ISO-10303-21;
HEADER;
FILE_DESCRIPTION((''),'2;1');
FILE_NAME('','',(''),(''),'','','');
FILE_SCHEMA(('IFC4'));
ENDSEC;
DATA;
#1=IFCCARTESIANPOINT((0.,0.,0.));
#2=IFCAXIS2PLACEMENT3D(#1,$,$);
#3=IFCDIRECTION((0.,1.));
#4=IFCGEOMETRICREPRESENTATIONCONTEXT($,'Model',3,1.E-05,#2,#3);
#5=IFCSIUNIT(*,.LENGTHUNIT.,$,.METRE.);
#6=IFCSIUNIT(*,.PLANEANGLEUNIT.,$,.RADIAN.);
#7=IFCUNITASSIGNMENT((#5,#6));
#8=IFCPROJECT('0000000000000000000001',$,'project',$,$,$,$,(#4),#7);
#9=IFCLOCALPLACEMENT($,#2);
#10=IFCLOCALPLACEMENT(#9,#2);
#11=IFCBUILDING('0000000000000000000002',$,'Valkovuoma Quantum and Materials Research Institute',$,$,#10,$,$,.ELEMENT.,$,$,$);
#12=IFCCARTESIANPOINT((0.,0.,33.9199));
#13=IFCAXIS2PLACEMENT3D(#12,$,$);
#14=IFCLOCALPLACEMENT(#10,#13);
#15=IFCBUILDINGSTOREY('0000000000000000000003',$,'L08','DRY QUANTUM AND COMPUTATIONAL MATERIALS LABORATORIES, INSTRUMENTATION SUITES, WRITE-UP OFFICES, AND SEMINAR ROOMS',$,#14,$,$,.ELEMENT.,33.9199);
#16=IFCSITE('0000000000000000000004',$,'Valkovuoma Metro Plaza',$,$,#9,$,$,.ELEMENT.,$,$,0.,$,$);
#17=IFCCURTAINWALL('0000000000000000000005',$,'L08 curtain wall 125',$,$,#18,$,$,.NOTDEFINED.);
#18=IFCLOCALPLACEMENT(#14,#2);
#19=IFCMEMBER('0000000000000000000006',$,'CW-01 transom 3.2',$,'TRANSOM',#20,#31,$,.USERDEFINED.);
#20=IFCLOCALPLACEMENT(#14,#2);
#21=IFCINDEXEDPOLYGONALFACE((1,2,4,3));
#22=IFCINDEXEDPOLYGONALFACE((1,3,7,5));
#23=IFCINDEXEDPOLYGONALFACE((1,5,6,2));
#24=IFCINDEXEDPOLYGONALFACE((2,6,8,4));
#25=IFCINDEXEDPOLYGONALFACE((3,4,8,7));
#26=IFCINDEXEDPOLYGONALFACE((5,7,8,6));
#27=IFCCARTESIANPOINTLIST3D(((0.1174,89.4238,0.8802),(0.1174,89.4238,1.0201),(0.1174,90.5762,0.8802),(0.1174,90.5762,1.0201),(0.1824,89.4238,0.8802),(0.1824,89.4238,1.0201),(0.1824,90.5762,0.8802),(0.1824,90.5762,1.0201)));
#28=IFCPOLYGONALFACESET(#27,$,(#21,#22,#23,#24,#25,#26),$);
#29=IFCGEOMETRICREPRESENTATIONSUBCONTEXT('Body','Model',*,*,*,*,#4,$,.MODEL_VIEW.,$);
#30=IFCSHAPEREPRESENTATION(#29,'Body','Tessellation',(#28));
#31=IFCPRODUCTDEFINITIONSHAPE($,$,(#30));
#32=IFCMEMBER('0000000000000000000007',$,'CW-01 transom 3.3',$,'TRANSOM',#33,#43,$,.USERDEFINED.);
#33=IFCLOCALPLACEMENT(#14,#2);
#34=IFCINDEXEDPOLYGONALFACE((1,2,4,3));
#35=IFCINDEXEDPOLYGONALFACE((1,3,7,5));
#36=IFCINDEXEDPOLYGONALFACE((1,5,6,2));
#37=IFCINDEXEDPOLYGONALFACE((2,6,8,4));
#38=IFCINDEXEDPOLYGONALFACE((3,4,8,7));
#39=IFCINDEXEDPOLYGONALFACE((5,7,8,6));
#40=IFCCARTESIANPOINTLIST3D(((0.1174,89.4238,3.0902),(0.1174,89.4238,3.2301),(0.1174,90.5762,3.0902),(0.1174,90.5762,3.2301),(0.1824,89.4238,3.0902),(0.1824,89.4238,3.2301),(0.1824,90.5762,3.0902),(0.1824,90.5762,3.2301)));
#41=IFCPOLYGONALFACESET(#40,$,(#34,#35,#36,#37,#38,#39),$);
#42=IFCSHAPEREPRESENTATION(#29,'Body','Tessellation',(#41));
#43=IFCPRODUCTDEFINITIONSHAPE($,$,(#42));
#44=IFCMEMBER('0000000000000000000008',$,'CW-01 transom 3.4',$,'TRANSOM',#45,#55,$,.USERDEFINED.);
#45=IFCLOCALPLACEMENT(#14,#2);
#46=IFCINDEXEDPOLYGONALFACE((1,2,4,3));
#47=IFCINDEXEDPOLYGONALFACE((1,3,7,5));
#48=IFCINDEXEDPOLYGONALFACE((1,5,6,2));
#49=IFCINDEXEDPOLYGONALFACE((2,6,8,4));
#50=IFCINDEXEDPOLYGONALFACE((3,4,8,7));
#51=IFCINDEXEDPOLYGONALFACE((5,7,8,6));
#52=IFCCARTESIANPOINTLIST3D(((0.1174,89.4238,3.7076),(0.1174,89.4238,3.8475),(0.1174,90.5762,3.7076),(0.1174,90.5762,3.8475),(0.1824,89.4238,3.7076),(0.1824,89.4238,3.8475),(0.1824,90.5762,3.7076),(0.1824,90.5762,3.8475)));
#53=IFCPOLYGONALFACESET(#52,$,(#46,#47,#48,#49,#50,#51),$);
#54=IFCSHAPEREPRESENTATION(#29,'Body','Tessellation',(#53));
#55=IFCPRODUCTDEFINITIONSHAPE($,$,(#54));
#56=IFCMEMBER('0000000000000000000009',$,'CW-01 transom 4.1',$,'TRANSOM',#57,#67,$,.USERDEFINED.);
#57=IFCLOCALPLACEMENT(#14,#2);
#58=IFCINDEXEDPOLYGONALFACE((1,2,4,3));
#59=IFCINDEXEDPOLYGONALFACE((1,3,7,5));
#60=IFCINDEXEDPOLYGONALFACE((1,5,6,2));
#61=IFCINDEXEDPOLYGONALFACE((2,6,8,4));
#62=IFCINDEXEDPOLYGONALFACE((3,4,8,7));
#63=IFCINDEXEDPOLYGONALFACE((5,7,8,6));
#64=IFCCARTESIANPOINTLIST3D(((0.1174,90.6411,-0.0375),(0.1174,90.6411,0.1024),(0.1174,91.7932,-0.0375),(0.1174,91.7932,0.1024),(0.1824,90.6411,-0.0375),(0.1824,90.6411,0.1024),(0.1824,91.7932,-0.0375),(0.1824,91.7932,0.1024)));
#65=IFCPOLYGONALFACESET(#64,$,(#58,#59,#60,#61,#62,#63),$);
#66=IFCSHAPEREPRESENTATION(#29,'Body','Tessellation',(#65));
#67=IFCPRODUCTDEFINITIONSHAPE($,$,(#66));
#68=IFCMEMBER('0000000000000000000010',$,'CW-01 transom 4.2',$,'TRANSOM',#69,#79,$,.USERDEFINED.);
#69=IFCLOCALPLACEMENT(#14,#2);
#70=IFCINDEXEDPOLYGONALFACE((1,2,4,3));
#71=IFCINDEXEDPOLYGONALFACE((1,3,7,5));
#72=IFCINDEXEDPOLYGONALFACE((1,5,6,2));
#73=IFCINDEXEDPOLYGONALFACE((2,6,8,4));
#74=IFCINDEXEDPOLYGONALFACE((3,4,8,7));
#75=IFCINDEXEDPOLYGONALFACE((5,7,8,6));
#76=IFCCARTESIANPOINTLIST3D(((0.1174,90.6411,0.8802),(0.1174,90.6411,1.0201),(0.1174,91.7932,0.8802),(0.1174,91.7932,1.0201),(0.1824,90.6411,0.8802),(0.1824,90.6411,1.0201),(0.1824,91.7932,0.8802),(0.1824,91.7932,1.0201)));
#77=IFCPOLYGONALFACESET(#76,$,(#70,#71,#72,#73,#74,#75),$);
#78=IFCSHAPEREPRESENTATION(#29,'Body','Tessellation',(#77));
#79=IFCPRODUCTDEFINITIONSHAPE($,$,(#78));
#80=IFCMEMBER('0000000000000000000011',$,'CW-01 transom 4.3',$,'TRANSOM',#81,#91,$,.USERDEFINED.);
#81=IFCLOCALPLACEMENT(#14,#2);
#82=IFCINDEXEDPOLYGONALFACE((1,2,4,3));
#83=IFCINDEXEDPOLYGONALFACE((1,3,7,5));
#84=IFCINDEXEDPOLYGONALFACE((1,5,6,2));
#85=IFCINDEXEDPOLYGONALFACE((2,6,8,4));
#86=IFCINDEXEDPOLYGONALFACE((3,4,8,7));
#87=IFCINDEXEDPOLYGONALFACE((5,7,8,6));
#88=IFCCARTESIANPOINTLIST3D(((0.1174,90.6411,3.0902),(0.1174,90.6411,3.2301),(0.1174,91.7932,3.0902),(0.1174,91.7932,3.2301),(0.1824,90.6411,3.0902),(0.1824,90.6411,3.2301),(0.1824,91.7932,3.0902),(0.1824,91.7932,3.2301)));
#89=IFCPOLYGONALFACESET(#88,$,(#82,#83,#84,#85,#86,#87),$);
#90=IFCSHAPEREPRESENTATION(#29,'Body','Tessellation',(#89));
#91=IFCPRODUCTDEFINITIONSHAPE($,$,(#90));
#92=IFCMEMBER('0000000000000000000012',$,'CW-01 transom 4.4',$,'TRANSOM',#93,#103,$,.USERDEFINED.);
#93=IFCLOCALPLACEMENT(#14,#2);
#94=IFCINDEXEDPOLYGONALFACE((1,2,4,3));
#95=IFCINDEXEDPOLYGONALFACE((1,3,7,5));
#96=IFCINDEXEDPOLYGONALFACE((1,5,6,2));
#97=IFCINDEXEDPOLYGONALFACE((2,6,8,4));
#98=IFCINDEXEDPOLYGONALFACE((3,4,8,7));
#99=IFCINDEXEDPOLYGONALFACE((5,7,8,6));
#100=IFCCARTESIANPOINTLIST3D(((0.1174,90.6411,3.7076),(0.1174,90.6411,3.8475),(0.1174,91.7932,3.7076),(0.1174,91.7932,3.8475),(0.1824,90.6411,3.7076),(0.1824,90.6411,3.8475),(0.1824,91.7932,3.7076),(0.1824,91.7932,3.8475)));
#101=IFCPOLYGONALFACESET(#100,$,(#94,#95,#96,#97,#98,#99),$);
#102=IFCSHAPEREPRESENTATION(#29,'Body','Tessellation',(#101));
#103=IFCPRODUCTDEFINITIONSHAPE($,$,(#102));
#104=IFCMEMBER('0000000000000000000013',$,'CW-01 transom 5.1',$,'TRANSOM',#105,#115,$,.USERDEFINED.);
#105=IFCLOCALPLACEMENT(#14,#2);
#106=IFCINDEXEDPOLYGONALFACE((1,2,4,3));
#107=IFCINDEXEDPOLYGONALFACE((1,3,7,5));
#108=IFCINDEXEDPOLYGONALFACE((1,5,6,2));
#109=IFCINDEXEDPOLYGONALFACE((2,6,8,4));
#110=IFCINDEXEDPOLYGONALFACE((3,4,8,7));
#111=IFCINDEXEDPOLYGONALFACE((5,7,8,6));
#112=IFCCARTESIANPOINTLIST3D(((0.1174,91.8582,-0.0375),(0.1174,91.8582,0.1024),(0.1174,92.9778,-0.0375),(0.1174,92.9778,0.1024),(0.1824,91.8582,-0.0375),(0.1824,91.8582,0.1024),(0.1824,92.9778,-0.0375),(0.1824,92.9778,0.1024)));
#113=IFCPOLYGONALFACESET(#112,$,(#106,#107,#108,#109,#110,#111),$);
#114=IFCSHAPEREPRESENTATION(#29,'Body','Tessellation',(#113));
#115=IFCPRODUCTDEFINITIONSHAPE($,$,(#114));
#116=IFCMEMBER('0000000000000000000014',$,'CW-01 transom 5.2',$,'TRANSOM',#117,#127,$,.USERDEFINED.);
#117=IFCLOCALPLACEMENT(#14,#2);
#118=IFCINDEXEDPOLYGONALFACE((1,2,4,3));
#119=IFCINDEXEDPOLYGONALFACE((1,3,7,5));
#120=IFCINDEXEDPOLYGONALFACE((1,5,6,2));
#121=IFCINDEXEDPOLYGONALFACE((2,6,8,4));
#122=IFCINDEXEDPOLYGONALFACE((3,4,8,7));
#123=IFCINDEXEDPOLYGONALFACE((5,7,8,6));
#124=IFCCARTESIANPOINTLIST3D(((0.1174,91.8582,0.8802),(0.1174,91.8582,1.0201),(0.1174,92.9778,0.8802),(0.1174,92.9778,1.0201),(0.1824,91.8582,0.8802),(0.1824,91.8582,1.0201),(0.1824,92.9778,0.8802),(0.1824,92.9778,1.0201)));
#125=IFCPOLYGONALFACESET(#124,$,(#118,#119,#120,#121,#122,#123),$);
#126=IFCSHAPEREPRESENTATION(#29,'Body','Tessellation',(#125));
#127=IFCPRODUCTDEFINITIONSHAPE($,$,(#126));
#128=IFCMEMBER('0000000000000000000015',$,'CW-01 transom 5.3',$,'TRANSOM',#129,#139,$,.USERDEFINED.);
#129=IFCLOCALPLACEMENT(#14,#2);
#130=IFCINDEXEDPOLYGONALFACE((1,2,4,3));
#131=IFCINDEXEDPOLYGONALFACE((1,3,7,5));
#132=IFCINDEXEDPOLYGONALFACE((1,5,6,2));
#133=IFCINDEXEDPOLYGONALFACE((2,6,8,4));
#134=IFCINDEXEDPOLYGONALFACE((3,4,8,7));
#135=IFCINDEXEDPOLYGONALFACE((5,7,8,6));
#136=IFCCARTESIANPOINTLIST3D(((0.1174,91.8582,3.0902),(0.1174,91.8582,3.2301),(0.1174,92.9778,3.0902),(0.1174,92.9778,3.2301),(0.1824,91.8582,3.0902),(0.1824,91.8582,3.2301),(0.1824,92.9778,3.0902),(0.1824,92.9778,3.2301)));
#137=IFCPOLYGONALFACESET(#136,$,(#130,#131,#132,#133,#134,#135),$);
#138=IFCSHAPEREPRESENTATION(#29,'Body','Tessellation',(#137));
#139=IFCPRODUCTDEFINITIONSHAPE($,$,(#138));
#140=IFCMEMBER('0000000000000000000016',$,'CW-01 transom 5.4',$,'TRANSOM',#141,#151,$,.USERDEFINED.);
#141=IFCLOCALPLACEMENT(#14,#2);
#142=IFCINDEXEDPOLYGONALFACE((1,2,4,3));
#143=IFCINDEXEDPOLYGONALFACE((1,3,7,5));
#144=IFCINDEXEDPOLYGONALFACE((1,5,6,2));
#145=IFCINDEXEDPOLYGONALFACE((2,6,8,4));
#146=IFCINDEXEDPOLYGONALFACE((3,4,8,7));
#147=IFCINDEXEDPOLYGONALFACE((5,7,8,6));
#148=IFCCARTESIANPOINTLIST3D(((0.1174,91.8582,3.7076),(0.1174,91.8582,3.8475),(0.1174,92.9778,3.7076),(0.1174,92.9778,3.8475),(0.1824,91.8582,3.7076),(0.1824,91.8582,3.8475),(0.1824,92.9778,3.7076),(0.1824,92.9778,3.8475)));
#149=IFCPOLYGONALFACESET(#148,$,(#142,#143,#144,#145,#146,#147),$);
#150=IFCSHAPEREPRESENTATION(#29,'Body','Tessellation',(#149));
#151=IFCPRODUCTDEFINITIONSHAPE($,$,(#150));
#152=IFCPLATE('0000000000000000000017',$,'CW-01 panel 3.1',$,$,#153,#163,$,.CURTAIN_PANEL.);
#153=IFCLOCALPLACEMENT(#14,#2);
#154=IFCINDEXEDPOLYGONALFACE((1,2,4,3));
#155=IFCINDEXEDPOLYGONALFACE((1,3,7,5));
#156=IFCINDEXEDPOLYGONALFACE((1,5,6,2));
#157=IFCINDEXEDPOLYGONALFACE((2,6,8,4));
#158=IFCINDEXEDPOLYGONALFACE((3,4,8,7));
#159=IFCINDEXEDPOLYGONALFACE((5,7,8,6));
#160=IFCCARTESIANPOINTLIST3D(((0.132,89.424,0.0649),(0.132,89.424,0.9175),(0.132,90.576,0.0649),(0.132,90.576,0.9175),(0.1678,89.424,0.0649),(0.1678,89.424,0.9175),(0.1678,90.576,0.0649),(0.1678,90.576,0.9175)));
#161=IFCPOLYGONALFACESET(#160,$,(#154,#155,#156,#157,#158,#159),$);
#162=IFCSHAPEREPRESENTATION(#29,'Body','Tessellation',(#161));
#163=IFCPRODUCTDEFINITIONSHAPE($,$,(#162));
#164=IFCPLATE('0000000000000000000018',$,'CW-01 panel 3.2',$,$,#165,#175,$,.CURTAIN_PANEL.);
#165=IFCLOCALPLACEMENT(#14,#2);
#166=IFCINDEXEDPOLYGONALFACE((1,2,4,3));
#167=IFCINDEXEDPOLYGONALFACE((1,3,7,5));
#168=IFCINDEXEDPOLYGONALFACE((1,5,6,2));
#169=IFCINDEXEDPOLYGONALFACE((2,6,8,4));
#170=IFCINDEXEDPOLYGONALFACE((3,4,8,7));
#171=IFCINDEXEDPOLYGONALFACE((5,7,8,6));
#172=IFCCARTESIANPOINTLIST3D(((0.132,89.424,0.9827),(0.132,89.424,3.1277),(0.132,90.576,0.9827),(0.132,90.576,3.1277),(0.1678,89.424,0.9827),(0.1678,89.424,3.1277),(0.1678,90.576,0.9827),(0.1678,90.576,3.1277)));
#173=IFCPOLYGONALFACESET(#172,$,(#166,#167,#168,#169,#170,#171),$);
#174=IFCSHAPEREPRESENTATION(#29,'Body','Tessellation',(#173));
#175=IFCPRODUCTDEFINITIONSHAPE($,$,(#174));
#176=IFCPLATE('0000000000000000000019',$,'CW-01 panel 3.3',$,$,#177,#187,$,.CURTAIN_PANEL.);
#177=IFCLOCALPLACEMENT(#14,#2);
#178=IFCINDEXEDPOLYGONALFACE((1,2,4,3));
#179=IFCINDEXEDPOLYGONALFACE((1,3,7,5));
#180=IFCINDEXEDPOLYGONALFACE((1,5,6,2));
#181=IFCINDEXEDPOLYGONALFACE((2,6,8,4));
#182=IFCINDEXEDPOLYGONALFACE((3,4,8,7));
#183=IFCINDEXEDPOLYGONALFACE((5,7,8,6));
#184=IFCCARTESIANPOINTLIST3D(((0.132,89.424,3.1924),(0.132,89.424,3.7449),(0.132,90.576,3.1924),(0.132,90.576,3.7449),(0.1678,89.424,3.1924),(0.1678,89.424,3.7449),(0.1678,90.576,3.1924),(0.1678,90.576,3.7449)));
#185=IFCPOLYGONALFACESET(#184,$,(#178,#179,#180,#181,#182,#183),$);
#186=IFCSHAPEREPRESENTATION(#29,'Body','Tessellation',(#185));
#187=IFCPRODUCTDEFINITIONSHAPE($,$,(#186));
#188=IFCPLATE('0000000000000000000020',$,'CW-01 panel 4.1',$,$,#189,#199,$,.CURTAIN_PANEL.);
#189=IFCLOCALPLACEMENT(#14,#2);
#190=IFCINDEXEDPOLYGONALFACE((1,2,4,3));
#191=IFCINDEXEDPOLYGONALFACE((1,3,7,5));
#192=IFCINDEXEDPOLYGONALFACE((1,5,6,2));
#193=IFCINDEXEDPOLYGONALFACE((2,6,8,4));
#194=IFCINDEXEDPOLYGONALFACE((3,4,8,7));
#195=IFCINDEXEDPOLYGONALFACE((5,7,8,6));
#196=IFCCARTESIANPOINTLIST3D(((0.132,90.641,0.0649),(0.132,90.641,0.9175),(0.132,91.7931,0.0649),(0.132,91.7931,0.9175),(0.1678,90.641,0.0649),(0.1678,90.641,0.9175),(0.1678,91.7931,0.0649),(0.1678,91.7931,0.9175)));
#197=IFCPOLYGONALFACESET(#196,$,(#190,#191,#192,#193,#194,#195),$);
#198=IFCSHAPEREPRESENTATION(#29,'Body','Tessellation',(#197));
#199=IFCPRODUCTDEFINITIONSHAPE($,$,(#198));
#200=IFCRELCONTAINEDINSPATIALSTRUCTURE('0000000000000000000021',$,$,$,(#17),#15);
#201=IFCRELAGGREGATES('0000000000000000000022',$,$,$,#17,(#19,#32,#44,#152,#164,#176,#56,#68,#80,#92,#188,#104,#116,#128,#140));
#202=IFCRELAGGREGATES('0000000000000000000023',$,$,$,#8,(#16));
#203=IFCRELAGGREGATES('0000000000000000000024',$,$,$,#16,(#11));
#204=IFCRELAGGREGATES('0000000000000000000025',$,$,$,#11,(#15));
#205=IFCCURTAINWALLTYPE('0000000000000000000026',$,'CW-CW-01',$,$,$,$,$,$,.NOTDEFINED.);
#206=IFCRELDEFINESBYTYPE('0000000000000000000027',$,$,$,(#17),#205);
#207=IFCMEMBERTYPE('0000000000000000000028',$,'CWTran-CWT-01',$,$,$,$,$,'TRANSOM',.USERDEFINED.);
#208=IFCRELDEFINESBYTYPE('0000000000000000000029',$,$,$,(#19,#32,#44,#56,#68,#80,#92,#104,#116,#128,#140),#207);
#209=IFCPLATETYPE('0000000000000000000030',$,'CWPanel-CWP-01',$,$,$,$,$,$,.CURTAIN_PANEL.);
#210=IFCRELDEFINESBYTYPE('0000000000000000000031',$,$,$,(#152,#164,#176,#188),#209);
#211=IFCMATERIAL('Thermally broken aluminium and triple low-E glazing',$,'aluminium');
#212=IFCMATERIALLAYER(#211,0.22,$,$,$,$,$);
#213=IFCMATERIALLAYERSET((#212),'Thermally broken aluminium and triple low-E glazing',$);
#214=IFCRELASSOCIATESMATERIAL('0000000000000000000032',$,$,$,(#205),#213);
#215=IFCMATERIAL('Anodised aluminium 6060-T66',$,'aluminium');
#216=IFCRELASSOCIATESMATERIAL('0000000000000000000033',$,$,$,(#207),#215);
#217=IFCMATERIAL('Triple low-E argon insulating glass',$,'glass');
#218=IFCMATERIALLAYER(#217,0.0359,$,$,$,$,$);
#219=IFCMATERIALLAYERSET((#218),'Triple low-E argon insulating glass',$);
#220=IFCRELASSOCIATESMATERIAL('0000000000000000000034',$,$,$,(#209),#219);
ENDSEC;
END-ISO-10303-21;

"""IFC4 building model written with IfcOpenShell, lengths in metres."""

from ifc_helpers import new_model, si_unit, direction, frame, origin, origin_2d, place, context, subcontext, project, spatial, rectangle, extrude, material, layer, layer_set, material_profile, profile_set, type_object, element, aggregate, save


model = new_model("IFC4")

# Units and contexts
model_context = context("Model", 3, precision=1e-05, world=origin(), true_north=direction((0.0, 1.0)))
body_context = subcontext(model_context, "Body", "Model", "MODEL_VIEW")
ifc_project = project(units=[si_unit("LENGTHUNIT", "METRE"), si_unit("PLANEANGLEUNIT", "RADIAN")], contexts=[model_context])

# Site, building, storey
site_placement = place(None, origin())
site = spatial("IfcSite", under=ifc_project, at=site_placement, Name="Valkovuoma Metro Plaza", CompositionType="ELEMENT", RefElevation=0.0)
building_placement = place(site_placement, origin())
building = spatial("IfcBuilding", under=site, at=building_placement, Name="Valkovuoma Quantum and Materials Research Institute", CompositionType="ELEMENT")
storey_placement = place(building_placement, frame((0.0, 0.0, 33.9199)))
storey = spatial("IfcBuildingStorey", under=building, at=storey_placement, Name="L08", Description="DRY QUANTUM AND COMPUTATIONAL MATERIALS LABORATORIES, INSTRUMENTATION SUITES, WRITE-UP OFFICES, AND SEMINAR ROOMS", CompositionType="ELEMENT", Elevation=33.9199)

# Curtain wall, members, plates
ifc_material_1 = material(Name="Thermally broken aluminium and triple low-E glazing", Category="aluminium")
ifc_layer_1 = layer(ifc_material_1, 0.22)
ifc_layer_set_1 = layer_set([ifc_layer_1], Name="Thermally broken aluminium and triple low-E glazing")
curtain_wall_type = type_object("IfcCurtainWallType", Name="CW-CW-01", PredefinedType="NOTDEFINED", material=ifc_layer_set_1)
curtain_wall_placement = place(storey_placement, origin())
curtain_wall = element("IfcCurtainWall", 1, at=curtain_wall_placement, inside=storey, type_object=curtain_wall_type, Name="L08 curtain wall 125", PredefinedType="NOTDEFINED")
ifc_material_2 = material(Name="Anodised aluminium 6060-T66", Category="aluminium")
ifc_material_profile_1 = material_profile(ifc_material_2, rectangle(XDim=0.0649, YDim=0.1399, at=origin_2d()), Name="Anodised aluminium 6060-T66")
ifc_profile_set_1 = profile_set([ifc_material_profile_1], Name="Anodised aluminium 6060-T66")
member_type_1 = type_object("IfcMemberType", Name="CWTran-CWT-01", ElementType="TRANSOM", PredefinedType="USERDEFINED", material=ifc_profile_set_1)
member_1_placement = place(storey_placement, frame((0.1499, 89.4238, 0.9502), z_axis=(0.0, 1.0, 0.0), x_axis=(-1.0, 0.0, 0.0)))
member_1 = element("IfcMember", 2, at=member_1_placement, type_object=member_type_1, Name="CW-01 transom 3.2", ObjectType="TRANSOM", PredefinedType="USERDEFINED", context=body_context, shape_type="SweptSolid", body=[
    extrude(rectangle(XDim=0.0649, YDim=0.1399, at=origin_2d()), origin(), (0.0, 0.0, 1.0), 1.1523),
])
member_2_placement = place(storey_placement, frame((0.1499, 89.4238, 3.1602), z_axis=(0.0, 1.0, 0.0), x_axis=(-1.0, 0.0, 0.0)))
member_2 = element("IfcMember", 3, at=member_2_placement, type_object=member_type_1, Name="CW-01 transom 3.3", ObjectType="TRANSOM", PredefinedType="USERDEFINED", context=body_context, shape_type="SweptSolid", body=[
    extrude(rectangle(XDim=0.0649, YDim=0.1399, at=origin_2d()), origin(), (0.0, 0.0, 1.0), 1.1523),
])
member_3_placement = place(storey_placement, frame((0.1499, 89.4238, 3.7776), z_axis=(0.0, 1.0, 0.0), x_axis=(-1.0, 0.0, 0.0)))
member_3 = element("IfcMember", 4, at=member_3_placement, type_object=member_type_1, Name="CW-01 transom 3.4", ObjectType="TRANSOM", PredefinedType="USERDEFINED", context=body_context, shape_type="SweptSolid", body=[
    extrude(rectangle(XDim=0.0649, YDim=0.1399, at=origin_2d()), origin(), (0.0, 0.0, 1.0), 1.1523),
])
member_4_placement = place(storey_placement, frame((0.1499, 90.6411, 0.0325), z_axis=(0.0, 1.0, 0.0), x_axis=(-1.0, 0.0, 0.0)))
member_4 = element("IfcMember", 5, at=member_4_placement, type_object=member_type_1, Name="CW-01 transom 4.1", ObjectType="TRANSOM", PredefinedType="USERDEFINED", context=body_context, shape_type="SweptSolid", body=[
    extrude(rectangle(XDim=0.0649, YDim=0.1399, at=origin_2d()), origin(), (0.0, 0.0, 1.0), 1.1521),
])
member_5_placement = place(storey_placement, frame((0.1499, 90.6411, 0.9502), z_axis=(0.0, 1.0, 0.0), x_axis=(-1.0, 0.0, 0.0)))
member_5 = element("IfcMember", 6, at=member_5_placement, type_object=member_type_1, Name="CW-01 transom 4.2", ObjectType="TRANSOM", PredefinedType="USERDEFINED", context=body_context, shape_type="SweptSolid", body=[
    extrude(rectangle(XDim=0.0649, YDim=0.1399, at=origin_2d()), origin(), (0.0, 0.0, 1.0), 1.1521),
])
member_6_placement = place(storey_placement, frame((0.1499, 90.6411, 3.1602), z_axis=(0.0, 1.0, 0.0), x_axis=(-1.0, 0.0, 0.0)))
member_6 = element("IfcMember", 7, at=member_6_placement, type_object=member_type_1, Name="CW-01 transom 4.3", ObjectType="TRANSOM", PredefinedType="USERDEFINED", context=body_context, shape_type="SweptSolid", body=[
    extrude(rectangle(XDim=0.0649, YDim=0.1399, at=origin_2d()), origin(), (0.0, 0.0, 1.0), 1.1521),
])
member_7_placement = place(storey_placement, frame((0.1499, 90.6411, 3.7776), z_axis=(0.0, 1.0, 0.0), x_axis=(-1.0, 0.0, 0.0)))
member_7 = element("IfcMember", 8, at=member_7_placement, type_object=member_type_1, Name="CW-01 transom 4.4", ObjectType="TRANSOM", PredefinedType="USERDEFINED", context=body_context, shape_type="SweptSolid", body=[
    extrude(rectangle(XDim=0.0649, YDim=0.1399, at=origin_2d()), origin(), (0.0, 0.0, 1.0), 1.1521),
])
member_8_placement = place(storey_placement, frame((0.1499, 91.8582, 0.0325), z_axis=(0.0, 1.0, 0.0), x_axis=(-1.0, 0.0, 0.0)))
member_8 = element("IfcMember", 9, at=member_8_placement, type_object=member_type_1, Name="CW-01 transom 5.1", ObjectType="TRANSOM", PredefinedType="USERDEFINED", context=body_context, shape_type="SweptSolid", body=[
    extrude(rectangle(XDim=0.0649, YDim=0.1399, at=origin_2d()), origin(), (0.0, 0.0, 1.0), 1.1196),
])
member_9_placement = place(storey_placement, frame((0.1499, 91.8582, 0.9502), z_axis=(0.0, 1.0, 0.0), x_axis=(-1.0, 0.0, 0.0)))
member_9 = element("IfcMember", 10, at=member_9_placement, type_object=member_type_1, Name="CW-01 transom 5.2", ObjectType="TRANSOM", PredefinedType="USERDEFINED", context=body_context, shape_type="SweptSolid", body=[
    extrude(rectangle(XDim=0.0649, YDim=0.1399, at=origin_2d()), origin(), (0.0, 0.0, 1.0), 1.1196),
])
member_10_placement = place(storey_placement, frame((0.1499, 91.8582, 3.1602), z_axis=(0.0, 1.0, 0.0), x_axis=(-1.0, 0.0, 0.0)))
member_10 = element("IfcMember", 11, at=member_10_placement, type_object=member_type_1, Name="CW-01 transom 5.3", ObjectType="TRANSOM", PredefinedType="USERDEFINED", context=body_context, shape_type="SweptSolid", body=[
    extrude(rectangle(XDim=0.0649, YDim=0.1399, at=origin_2d()), origin(), (0.0, 0.0, 1.0), 1.1196),
])
member_11_placement = place(storey_placement, frame((0.1499, 91.8582, 3.7776), z_axis=(0.0, 1.0, 0.0), x_axis=(-1.0, 0.0, 0.0)))
member_11 = element("IfcMember", 12, at=member_11_placement, type_object=member_type_1, Name="CW-01 transom 5.4", ObjectType="TRANSOM", PredefinedType="USERDEFINED", context=body_context, shape_type="SweptSolid", body=[
    extrude(rectangle(XDim=0.0649, YDim=0.1399, at=origin_2d()), origin(), (0.0, 0.0, 1.0), 1.1196),
])
ifc_material_3 = material(Name="Triple low-E argon insulating glass", Category="glass")
ifc_layer_2 = layer(ifc_material_3, 0.0359)
ifc_layer_set_2 = layer_set([ifc_layer_2], Name="Triple low-E argon insulating glass")
plate_type = type_object("IfcPlateType", Name="CWPanel-CWP-01", PredefinedType="CURTAIN_PANEL", material=ifc_layer_set_2)
plate_1_placement = place(storey_placement, frame((0.1499, 90.0, 0.0649), z_axis=(0.0, 0.0, 1.0), x_axis=(0.0, 1.0, 0.0)))
plate_1 = element("IfcPlate", 13, at=plate_1_placement, type_object=plate_type, Name="CW-01 panel 3.1", PredefinedType="CURTAIN_PANEL", context=body_context, shape_type="SweptSolid", body=[
    extrude(rectangle(XDim=1.1521, YDim=0.0359, at=origin_2d()), origin(), (0.0, 0.0, 1.0), 0.8525),
])
plate_2_placement = place(storey_placement, frame((0.1499, 90.0, 0.9827), z_axis=(0.0, 0.0, 1.0), x_axis=(0.0, 1.0, 0.0)))
plate_2 = element("IfcPlate", 14, at=plate_2_placement, type_object=plate_type, Name="CW-01 panel 3.2", PredefinedType="CURTAIN_PANEL", context=body_context, shape_type="SweptSolid", body=[
    extrude(rectangle(XDim=1.1521, YDim=0.0359, at=origin_2d()), origin(), (0.0, 0.0, 1.0), 2.145),
])
plate_3_placement = place(storey_placement, frame((0.1499, 90.0, 3.1924), z_axis=(0.0, 0.0, 1.0), x_axis=(0.0, 1.0, 0.0)))
plate_3 = element("IfcPlate", 15, at=plate_3_placement, type_object=plate_type, Name="CW-01 panel 3.3", PredefinedType="CURTAIN_PANEL", context=body_context, shape_type="SweptSolid", body=[
    extrude(rectangle(XDim=1.1521, YDim=0.0359, at=origin_2d()), origin(), (0.0, 0.0, 1.0), 0.5525),
])
plate_4_placement = place(storey_placement, frame((0.1499, 91.217, 0.0649), z_axis=(0.0, 0.0, 1.0), x_axis=(0.0, 1.0, 0.0)))
plate_4 = element("IfcPlate", 16, at=plate_4_placement, type_object=plate_type, Name="CW-01 panel 4.1", PredefinedType="CURTAIN_PANEL", context=body_context, shape_type="SweptSolid", body=[
    extrude(rectangle(XDim=1.1521, YDim=0.0359, at=origin_2d()), origin(), (0.0, 0.0, 1.0), 0.8525),
])
aggregate(curtain_wall, [member_1, member_2, member_3, plate_1, plate_2, plate_3, member_4, member_5, member_6, member_7, plate_4, member_8, member_9, member_10, member_11])

save(model, "model.ifc")
